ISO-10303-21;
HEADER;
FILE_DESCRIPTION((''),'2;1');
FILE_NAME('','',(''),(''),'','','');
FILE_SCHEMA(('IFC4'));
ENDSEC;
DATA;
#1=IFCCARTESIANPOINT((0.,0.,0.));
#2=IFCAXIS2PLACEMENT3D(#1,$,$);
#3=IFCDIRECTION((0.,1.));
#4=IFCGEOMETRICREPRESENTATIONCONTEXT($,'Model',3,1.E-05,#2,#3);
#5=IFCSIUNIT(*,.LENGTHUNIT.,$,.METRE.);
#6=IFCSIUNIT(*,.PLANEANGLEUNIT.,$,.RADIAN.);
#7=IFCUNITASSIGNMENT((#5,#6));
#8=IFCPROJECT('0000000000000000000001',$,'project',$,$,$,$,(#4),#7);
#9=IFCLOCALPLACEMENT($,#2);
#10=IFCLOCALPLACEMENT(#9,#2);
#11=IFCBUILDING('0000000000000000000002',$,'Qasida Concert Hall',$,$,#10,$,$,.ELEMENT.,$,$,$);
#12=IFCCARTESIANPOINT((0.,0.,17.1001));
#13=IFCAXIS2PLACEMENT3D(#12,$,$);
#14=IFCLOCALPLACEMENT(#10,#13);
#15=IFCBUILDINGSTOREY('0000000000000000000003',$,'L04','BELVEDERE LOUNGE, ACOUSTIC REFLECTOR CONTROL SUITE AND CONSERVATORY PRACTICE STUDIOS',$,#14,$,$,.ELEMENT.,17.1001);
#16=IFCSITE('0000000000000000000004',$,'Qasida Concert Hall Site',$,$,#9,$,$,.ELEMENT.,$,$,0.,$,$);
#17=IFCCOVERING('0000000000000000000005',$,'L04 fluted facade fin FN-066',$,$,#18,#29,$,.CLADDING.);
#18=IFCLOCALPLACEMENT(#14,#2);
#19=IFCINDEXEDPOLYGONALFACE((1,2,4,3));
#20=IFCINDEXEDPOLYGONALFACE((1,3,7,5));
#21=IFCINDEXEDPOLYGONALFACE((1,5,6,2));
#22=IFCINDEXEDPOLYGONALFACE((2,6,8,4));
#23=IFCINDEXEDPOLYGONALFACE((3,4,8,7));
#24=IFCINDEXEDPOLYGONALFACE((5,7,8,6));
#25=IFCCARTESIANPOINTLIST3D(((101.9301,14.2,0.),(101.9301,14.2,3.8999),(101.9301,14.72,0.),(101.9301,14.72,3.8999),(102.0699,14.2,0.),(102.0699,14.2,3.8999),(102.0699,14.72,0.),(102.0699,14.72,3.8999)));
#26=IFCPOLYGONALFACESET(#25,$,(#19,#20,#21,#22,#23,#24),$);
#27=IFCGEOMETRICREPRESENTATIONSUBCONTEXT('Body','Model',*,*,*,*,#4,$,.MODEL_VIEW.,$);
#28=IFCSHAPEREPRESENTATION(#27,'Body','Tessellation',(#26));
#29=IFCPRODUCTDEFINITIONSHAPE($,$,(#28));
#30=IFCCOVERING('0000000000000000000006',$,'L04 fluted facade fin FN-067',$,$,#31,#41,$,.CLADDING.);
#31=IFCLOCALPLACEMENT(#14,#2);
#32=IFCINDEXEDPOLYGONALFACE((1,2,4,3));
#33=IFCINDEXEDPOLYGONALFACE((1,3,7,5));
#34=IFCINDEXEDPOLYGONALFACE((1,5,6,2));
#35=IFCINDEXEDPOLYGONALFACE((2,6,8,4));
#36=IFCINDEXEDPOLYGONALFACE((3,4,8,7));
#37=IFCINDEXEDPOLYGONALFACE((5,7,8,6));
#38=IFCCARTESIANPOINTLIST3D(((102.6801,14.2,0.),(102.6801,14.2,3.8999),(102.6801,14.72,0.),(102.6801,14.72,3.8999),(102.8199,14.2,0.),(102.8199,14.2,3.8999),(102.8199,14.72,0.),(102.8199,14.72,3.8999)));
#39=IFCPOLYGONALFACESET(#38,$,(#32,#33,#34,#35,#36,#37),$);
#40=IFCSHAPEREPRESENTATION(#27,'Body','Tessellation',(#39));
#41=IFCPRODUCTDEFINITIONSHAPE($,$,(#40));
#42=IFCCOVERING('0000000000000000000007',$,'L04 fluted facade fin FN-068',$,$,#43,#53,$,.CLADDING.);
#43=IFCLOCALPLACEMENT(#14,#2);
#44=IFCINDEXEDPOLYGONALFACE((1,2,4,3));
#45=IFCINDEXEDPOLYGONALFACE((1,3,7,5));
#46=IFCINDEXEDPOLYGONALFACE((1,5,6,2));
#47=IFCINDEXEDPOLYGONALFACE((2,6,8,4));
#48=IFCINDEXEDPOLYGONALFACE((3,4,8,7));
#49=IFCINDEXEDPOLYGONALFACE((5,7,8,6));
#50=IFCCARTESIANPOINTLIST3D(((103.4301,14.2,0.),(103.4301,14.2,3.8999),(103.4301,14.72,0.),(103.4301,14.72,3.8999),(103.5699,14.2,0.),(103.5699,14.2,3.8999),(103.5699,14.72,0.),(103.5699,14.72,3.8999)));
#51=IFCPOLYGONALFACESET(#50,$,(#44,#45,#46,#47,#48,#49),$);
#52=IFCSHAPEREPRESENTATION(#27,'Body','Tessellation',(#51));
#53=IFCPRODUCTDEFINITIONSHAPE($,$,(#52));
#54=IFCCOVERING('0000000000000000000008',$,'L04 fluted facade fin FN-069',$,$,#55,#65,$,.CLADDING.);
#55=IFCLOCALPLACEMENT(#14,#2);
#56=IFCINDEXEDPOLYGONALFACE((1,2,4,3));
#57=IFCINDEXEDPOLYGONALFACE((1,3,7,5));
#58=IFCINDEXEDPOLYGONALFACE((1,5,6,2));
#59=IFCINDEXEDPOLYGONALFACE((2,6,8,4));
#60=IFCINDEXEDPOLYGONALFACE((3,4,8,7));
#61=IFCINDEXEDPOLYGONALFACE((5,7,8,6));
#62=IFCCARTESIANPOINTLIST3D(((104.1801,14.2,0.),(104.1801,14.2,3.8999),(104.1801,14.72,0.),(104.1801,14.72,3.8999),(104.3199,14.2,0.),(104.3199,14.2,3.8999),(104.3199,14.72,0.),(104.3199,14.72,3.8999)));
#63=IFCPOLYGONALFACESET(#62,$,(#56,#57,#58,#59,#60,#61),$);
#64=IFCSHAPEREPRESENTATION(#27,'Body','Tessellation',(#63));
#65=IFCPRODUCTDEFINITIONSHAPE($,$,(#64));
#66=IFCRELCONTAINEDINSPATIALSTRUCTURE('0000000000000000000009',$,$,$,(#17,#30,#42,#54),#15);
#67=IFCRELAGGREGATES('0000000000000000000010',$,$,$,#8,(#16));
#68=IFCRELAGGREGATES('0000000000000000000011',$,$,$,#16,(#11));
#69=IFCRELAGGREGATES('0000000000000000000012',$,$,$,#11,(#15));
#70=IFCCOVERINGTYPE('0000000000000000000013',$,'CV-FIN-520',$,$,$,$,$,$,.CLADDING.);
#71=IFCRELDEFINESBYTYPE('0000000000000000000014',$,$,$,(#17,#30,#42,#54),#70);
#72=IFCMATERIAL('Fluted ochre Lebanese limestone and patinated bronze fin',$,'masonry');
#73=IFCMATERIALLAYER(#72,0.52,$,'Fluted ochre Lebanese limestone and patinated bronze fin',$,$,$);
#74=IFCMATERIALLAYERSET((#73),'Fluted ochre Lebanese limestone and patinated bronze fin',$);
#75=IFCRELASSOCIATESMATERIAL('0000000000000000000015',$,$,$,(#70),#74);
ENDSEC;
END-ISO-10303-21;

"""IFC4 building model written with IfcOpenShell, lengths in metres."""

from ifc_helpers import new_model, si_unit, direction, frame, origin, origin_2d, place, context, subcontext, project, spatial, rectangle, extrude, material, layer, layer_set, type_object, element, save


model = new_model("IFC4")

# Units and contexts
model_context = context("Model", 3, precision=1e-05, world=origin(), true_north=direction((0.0, 1.0)))
body_context = subcontext(model_context, "Body", "Model", "MODEL_VIEW")
ifc_project = project(units=[si_unit("LENGTHUNIT", "METRE"), si_unit("PLANEANGLEUNIT", "RADIAN")], contexts=[model_context])

# Site, building, storey
site_placement = place(None, origin())
site = spatial("IfcSite", under=ifc_project, at=site_placement, Name="Qasida Concert Hall Site", CompositionType="ELEMENT", RefElevation=0.0)
building_placement = place(site_placement, origin())
building = spatial("IfcBuilding", under=site, at=building_placement, Name="Qasida Concert Hall", CompositionType="ELEMENT")
storey_placement = place(building_placement, frame((0.0, 0.0, 17.1001)))
storey = spatial("IfcBuildingStorey", under=building, at=storey_placement, Name="L04", Description="BELVEDERE LOUNGE, ACOUSTIC REFLECTOR CONTROL SUITE AND CONSERVATORY PRACTICE STUDIOS", CompositionType="ELEMENT", Elevation=17.1001)

# Coverings
ifc_material_1 = material(Name="Fluted ochre Lebanese limestone and patinated bronze fin", Category="masonry")
ifc_layer_1 = layer(ifc_material_1, 0.52, Name="Fluted ochre Lebanese limestone and patinated bronze fin")
ifc_layer_set_1 = layer_set([ifc_layer_1], Name="Fluted ochre Lebanese limestone and patinated bronze fin")
covering_type = type_object("IfcCoveringType", Name="CV-FIN-520", PredefinedType="CLADDING", material=ifc_layer_set_1)
for number, where, z_axis, x_axis, name in (
    (1, (102.0, 14.46, 0.0), (0.0, 0.0, 1.0), (1.0, 0.0, 0.0), "L04 fluted facade fin FN-066"),
    (2, (102.75, 14.46, 0.0), (0.0, 0.0, 1.0), (1.0, 0.0, 0.0), "L04 fluted facade fin FN-067"),
    (3, (103.5, 14.46, 0.0), (0.0, 0.0, 1.0), (1.0, 0.0, 0.0), "L04 fluted facade fin FN-068"),
    (4, (104.25, 14.46, 0.0), (0.0, 0.0, 1.0), (1.0, 0.0, 0.0), "L04 fluted facade fin FN-069"),
):
    element("IfcCovering", number, at=place(storey_placement, frame(where, z_axis=z_axis, x_axis=x_axis)), inside=storey, type_object=covering_type, Name=name, PredefinedType="CLADDING", context=body_context, shape_type="SweptSolid", body=[
        extrude(rectangle(XDim=0.1399, YDim=0.52, at=origin_2d()), origin(), (0.0, 0.0, 1.0), 3.8999),
    ])

save(model, "model.ifc")
